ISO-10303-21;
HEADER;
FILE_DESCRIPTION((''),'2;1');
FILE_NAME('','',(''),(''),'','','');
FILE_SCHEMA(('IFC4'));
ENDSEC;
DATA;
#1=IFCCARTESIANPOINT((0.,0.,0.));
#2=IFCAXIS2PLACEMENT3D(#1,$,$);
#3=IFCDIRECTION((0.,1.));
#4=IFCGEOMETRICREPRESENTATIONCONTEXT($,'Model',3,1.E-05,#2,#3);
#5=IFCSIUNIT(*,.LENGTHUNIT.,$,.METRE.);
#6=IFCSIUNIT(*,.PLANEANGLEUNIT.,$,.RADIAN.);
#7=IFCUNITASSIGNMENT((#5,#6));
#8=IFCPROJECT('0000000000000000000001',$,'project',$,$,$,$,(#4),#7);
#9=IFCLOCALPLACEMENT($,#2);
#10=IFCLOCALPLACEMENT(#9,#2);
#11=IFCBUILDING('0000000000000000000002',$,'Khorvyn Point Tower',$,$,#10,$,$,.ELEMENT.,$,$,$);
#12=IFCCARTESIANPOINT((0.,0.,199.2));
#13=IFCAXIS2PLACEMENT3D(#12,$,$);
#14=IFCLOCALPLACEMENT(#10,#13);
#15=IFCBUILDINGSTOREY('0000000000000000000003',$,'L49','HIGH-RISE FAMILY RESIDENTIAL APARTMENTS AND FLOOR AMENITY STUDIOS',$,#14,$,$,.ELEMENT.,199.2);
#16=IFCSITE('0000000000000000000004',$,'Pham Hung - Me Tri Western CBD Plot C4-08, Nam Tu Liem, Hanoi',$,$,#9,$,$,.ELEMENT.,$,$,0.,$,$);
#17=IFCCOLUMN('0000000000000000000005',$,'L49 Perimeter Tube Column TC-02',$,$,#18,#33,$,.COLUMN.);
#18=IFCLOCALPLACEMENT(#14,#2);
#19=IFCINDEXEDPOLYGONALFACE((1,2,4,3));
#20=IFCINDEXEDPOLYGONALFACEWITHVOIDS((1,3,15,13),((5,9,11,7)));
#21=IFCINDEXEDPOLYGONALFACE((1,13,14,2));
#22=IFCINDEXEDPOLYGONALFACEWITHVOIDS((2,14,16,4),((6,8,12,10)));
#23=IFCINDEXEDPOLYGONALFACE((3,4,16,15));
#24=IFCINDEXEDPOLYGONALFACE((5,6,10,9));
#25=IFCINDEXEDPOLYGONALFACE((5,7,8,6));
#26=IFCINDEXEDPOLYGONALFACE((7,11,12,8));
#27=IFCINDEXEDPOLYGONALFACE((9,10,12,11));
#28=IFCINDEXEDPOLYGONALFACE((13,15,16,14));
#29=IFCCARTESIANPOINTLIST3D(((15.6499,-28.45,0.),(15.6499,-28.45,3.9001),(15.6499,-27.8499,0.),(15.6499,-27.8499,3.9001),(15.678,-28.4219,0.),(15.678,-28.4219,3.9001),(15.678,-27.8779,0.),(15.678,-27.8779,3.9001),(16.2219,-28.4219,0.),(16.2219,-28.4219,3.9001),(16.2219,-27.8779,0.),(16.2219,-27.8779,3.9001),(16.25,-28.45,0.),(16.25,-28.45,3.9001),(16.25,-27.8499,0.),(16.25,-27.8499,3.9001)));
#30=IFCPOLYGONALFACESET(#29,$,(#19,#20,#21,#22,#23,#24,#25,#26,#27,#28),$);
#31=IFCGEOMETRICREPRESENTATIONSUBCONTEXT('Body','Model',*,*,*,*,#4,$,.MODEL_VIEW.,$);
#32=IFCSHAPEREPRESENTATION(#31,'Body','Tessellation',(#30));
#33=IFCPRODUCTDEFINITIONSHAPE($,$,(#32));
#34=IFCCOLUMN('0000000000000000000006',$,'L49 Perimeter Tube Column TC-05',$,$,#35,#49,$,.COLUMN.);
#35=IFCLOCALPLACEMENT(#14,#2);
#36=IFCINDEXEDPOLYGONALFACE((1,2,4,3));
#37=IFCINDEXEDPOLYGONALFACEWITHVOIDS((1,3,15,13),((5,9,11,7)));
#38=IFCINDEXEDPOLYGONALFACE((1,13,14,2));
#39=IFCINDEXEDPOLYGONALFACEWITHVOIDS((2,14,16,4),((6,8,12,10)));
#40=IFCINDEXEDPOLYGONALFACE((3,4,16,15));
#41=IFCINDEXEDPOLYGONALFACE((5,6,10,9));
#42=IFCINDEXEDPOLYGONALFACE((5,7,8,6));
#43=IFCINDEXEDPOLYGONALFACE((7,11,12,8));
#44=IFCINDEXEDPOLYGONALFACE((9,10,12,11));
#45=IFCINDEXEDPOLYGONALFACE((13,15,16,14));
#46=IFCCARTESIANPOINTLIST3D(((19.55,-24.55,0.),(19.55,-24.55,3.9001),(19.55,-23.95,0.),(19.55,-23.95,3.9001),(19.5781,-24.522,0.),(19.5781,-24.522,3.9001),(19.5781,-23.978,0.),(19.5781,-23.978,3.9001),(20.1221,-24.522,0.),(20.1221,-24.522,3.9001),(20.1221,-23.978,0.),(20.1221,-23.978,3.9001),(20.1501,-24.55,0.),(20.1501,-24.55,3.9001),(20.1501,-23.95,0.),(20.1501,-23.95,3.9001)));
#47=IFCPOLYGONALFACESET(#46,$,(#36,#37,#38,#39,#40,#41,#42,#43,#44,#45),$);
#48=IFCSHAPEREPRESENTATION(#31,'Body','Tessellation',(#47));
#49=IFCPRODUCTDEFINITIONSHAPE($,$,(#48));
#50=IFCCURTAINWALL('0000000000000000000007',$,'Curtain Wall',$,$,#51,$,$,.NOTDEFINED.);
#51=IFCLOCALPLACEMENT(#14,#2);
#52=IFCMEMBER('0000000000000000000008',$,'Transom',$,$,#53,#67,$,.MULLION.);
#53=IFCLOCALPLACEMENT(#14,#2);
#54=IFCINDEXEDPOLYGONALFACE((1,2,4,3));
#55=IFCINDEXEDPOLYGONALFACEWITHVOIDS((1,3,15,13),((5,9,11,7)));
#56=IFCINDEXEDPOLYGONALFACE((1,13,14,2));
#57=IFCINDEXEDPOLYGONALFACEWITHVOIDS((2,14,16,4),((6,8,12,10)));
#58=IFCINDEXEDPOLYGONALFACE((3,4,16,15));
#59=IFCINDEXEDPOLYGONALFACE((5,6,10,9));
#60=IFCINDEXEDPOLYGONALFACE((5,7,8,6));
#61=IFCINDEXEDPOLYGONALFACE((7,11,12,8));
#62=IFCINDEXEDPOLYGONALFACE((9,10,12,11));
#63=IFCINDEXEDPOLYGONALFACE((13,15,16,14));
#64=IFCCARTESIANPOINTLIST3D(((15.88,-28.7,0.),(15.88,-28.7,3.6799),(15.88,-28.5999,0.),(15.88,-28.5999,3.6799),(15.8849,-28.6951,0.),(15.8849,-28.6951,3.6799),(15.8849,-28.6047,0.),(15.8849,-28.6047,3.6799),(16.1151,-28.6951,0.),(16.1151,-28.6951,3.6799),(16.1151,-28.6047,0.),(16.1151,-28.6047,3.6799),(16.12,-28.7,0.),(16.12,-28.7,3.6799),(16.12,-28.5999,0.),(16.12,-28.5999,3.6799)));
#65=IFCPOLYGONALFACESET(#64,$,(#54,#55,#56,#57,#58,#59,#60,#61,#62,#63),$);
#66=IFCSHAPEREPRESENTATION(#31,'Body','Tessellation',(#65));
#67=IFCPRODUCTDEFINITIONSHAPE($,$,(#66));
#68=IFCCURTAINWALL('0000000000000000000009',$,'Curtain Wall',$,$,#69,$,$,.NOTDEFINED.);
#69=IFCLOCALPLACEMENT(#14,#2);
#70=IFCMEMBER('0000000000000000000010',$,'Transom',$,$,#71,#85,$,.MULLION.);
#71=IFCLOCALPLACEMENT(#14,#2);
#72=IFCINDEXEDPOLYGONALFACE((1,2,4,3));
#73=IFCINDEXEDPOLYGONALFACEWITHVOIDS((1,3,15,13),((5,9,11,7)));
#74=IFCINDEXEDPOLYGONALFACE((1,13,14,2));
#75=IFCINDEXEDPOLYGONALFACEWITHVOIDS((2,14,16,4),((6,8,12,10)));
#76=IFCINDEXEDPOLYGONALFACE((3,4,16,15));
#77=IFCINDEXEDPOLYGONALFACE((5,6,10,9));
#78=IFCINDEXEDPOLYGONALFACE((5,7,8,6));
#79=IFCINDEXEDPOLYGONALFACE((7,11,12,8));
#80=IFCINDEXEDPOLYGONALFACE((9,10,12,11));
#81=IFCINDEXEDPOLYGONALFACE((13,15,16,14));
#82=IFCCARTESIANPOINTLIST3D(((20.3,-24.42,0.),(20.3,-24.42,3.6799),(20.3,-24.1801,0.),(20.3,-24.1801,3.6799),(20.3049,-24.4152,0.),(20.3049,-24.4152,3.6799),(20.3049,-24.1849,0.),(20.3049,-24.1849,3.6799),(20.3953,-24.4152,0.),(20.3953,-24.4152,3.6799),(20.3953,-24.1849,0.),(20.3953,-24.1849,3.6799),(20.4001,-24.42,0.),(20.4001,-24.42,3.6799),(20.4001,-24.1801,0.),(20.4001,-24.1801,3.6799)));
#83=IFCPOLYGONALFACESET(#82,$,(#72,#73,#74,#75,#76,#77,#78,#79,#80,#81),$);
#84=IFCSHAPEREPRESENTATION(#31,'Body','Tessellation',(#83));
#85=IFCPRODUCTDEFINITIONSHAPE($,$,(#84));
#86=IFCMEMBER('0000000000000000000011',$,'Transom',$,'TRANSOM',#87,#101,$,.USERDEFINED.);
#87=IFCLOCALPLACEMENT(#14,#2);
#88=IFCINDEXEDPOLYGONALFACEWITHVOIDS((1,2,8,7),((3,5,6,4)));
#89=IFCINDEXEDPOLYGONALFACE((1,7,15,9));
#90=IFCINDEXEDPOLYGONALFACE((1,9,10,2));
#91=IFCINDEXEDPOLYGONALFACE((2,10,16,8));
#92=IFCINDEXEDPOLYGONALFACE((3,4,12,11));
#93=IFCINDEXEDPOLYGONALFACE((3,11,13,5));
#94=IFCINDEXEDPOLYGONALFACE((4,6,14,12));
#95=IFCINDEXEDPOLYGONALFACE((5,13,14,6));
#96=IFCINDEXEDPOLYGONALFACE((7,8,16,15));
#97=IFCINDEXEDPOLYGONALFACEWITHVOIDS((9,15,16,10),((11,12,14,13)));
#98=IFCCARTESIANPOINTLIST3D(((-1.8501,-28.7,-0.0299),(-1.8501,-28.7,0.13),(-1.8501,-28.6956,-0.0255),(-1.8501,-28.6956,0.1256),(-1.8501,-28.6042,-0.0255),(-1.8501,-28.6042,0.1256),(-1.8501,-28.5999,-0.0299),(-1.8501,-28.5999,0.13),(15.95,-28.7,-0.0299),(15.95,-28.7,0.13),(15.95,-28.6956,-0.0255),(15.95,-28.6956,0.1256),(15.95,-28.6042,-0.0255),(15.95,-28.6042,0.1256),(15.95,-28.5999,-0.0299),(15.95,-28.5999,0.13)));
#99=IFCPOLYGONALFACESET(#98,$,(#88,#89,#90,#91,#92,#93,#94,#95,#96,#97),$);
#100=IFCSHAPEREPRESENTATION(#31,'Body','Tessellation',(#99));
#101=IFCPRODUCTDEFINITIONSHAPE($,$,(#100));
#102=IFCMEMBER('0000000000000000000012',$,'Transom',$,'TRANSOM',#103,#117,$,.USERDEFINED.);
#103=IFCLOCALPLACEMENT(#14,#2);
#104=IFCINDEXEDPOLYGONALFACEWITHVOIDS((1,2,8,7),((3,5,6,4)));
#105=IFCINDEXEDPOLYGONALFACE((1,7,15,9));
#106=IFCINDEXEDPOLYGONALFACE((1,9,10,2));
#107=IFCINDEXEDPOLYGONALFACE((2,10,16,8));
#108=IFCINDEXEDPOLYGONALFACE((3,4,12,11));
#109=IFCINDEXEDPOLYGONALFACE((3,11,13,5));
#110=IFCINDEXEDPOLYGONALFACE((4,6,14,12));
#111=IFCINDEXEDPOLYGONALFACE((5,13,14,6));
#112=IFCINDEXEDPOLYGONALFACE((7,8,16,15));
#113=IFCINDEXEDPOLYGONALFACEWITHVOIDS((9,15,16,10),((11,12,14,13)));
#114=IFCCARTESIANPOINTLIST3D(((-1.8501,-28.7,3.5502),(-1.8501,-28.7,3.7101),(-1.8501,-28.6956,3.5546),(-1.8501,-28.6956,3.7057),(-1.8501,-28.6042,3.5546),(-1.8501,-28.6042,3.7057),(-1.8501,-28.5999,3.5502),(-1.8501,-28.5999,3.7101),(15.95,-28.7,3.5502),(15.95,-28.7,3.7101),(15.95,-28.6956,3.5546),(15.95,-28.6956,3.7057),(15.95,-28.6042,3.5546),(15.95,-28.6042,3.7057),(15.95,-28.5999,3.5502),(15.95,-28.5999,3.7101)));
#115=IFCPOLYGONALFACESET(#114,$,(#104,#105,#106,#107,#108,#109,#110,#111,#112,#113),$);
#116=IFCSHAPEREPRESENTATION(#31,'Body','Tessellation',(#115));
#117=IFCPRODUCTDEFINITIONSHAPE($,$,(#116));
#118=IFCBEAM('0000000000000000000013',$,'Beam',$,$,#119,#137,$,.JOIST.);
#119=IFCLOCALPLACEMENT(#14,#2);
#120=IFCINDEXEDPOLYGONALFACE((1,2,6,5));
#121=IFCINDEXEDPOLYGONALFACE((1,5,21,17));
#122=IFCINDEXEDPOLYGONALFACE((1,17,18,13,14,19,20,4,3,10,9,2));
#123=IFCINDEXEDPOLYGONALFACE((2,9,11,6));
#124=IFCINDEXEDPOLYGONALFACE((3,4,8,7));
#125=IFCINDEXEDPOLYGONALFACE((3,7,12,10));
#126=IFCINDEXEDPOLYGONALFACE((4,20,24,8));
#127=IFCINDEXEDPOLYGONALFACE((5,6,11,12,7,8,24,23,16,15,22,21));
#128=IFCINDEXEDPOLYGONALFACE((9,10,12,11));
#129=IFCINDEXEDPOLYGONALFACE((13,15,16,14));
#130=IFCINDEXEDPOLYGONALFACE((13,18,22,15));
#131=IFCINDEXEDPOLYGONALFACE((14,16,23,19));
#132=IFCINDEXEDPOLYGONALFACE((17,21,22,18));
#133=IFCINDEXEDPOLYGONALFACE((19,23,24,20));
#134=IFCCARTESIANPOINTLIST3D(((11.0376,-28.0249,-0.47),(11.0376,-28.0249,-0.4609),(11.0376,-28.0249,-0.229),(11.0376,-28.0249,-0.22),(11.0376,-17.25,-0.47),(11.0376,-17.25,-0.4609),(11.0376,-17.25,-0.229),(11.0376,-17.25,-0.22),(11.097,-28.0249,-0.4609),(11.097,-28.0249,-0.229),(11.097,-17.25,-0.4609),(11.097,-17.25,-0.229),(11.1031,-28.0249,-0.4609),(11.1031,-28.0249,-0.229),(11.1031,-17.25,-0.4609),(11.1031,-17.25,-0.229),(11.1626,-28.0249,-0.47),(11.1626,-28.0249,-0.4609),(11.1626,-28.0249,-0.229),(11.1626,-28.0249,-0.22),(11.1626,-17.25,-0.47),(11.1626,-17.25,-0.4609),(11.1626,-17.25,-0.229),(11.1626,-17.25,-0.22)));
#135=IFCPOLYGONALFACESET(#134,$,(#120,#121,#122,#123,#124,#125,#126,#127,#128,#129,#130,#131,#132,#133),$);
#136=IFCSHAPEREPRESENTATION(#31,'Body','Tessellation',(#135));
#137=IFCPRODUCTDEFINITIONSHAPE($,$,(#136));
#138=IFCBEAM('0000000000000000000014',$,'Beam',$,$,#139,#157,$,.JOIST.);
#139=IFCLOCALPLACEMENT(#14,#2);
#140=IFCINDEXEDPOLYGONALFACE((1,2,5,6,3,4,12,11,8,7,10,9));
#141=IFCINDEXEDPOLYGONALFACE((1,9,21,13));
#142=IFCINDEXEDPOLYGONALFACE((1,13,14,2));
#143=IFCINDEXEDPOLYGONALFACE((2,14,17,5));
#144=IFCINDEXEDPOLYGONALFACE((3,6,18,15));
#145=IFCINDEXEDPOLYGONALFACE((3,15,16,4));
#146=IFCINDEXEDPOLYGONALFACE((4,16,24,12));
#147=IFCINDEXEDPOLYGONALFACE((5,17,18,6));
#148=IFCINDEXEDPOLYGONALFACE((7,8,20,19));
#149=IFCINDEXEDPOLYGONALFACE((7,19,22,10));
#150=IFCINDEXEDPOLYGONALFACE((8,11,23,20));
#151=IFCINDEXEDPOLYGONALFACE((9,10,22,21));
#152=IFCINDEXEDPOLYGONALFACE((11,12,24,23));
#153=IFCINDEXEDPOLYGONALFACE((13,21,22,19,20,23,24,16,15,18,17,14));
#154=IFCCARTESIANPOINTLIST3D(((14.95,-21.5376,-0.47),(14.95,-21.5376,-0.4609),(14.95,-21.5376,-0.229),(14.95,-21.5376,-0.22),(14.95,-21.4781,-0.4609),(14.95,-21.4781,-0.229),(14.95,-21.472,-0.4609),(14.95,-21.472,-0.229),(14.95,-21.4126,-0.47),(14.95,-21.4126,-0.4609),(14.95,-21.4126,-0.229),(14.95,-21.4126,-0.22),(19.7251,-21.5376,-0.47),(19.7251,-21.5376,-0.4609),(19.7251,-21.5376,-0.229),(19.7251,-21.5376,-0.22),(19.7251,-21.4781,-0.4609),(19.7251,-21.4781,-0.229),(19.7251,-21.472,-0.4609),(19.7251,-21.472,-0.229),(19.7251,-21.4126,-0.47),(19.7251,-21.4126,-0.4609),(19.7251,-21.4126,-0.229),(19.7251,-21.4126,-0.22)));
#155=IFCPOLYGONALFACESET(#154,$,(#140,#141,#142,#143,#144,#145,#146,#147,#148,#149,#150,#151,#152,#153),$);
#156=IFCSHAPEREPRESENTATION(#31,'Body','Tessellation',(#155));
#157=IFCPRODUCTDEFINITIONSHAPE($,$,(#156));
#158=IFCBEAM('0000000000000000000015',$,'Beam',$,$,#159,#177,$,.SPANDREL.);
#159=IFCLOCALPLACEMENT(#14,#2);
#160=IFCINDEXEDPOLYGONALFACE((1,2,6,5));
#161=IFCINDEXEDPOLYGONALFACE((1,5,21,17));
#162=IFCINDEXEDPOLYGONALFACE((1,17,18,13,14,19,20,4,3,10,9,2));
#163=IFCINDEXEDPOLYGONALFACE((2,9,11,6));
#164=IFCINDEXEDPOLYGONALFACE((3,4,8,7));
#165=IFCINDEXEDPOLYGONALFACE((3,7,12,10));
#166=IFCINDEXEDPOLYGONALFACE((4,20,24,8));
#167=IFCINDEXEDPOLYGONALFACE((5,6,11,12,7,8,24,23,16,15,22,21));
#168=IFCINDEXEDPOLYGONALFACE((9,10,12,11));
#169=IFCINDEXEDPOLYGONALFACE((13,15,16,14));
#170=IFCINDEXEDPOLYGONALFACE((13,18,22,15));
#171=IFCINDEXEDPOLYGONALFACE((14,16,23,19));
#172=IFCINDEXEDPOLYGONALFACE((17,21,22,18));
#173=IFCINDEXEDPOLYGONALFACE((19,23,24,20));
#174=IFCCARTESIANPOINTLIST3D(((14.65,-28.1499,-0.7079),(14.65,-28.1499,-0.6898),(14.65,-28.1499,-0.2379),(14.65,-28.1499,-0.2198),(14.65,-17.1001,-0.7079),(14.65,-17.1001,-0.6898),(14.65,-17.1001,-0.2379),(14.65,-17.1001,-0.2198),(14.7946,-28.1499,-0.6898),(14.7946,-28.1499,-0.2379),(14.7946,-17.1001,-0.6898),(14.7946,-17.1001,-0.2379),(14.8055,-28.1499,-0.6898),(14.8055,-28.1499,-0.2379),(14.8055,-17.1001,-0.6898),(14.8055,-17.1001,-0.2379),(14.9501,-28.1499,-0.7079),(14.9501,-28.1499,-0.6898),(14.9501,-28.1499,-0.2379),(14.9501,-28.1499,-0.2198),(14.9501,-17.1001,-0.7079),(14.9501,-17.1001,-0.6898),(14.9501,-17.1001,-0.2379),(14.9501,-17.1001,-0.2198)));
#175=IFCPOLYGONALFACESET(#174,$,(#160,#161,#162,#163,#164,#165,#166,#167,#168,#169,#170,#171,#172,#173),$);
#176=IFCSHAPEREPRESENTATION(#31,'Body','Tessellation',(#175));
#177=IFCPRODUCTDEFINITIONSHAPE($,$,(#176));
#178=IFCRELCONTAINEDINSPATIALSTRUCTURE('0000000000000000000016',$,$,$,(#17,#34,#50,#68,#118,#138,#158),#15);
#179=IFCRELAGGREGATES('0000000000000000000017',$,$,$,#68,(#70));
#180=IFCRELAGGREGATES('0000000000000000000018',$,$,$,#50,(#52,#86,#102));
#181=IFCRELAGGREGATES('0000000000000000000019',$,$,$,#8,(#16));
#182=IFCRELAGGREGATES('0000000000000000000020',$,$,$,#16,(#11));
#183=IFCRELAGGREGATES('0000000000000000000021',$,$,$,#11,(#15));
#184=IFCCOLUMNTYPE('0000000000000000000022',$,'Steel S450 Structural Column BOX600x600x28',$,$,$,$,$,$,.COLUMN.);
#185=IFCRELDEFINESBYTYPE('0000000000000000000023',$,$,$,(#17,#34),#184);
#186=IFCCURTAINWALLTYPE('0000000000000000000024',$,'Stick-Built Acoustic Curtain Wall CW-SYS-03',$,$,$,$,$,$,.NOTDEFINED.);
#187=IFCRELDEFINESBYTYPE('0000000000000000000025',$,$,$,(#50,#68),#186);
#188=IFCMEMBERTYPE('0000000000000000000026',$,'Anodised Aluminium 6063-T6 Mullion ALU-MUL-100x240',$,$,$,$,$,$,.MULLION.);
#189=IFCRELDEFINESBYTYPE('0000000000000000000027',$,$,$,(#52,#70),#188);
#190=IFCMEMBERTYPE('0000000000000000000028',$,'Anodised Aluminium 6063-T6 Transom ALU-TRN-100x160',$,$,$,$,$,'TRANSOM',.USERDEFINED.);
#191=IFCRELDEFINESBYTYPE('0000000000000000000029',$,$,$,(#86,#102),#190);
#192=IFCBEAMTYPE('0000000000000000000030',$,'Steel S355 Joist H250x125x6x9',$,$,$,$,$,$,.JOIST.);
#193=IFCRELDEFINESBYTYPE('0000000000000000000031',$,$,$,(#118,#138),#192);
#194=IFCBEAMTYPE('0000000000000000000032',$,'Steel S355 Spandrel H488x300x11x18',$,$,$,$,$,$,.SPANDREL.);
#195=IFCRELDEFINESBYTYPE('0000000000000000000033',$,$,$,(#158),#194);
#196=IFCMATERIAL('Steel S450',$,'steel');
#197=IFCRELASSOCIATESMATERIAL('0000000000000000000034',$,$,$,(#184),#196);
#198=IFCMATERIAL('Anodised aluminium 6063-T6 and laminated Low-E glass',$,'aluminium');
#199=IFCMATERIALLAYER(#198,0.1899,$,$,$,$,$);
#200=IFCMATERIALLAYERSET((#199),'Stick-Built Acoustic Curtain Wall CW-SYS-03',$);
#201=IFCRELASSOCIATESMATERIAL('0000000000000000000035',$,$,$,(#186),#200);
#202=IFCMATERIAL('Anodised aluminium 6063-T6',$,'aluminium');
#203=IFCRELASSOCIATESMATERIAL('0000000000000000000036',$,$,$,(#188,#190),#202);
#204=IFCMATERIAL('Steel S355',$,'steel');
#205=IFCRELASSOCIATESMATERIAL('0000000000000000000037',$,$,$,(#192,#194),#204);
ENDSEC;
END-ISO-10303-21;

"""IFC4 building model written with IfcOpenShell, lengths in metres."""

from ifc_helpers import new_model, si_unit, direction, frame, origin, origin_2d, place, context, subcontext, project, spatial, hollow_rectangle, i_section, extrude, material, layer, layer_set, material_profile, profile_set, type_object, element, aggregate, save


model = new_model("IFC4")

# Units and contexts
model_context = context("Model", 3, precision=1e-05, world=origin(), true_north=direction((0.0, 1.0)))
body_context = subcontext(model_context, "Body", "Model", "MODEL_VIEW")
ifc_project = project(units=[si_unit("LENGTHUNIT", "METRE"), si_unit("PLANEANGLEUNIT", "RADIAN")], contexts=[model_context])

# Site, building, storey
site_placement = place(None, origin())
site = spatial("IfcSite", under=ifc_project, at=site_placement, Name="Pham Hung - Me Tri Western CBD Plot C4-08, Nam Tu Liem, Hanoi", CompositionType="ELEMENT", RefElevation=0.0)
building_placement = place(site_placement, origin())
building = spatial("IfcBuilding", under=site, at=building_placement, Name="Khorvyn Point Tower", CompositionType="ELEMENT")
storey_placement = place(building_placement, frame((0.0, 0.0, 199.2)))
storey = spatial("IfcBuildingStorey", under=building, at=storey_placement, Name="L49", Description="HIGH-RISE FAMILY RESIDENTIAL APARTMENTS AND FLOOR AMENITY STUDIOS", CompositionType="ELEMENT", Elevation=199.2)

# Columns
ifc_material_1 = material(Name="Steel S450", Category="steel")
ifc_material_profile_1 = material_profile(ifc_material_1, hollow_rectangle(XDim=0.6001, YDim=0.6001, WallThickness=0.0281, at=origin_2d()))
ifc_profile_set_1 = profile_set([ifc_material_profile_1], Name="Steel S450 BOX600x600x28")
column_type = type_object("IfcColumnType", Name="Steel S450 Structural Column BOX600x600x28", PredefinedType="COLUMN", material=ifc_profile_set_1)
for number, where, z_axis, x_axis, name in (
    (1, (15.95, -28.1499, 0.0), (0.0, 0.0, 1.0), (1.0, 0.0, 0.0), "L49 Perimeter Tube Column TC-02"),
    (2, (19.8501, -24.25, 0.0), (0.0, 0.0, 1.0), (1.0, 0.0, 0.0), "L49 Perimeter Tube Column TC-05"),
):
    element("IfcColumn", number, at=place(storey_placement, frame(where, z_axis=z_axis, x_axis=x_axis)), inside=storey, type_object=column_type, Name=name, PredefinedType="COLUMN", context=body_context, shape_type="SweptSolid", body=[
        extrude(hollow_rectangle(XDim=0.6001, YDim=0.6001, WallThickness=0.0281, at=origin_2d()), origin(), (0.0, 0.0, 1.0), 3.9001),
    ])

# Curtain walls, members
ifc_material_2 = material(Name="Anodised aluminium 6063-T6 and laminated Low-E glass", Category="aluminium")
ifc_layer_1 = layer(ifc_material_2, 0.1899)
ifc_layer_set_1 = layer_set([ifc_layer_1], Name="Stick-Built Acoustic Curtain Wall CW-SYS-03")
curtain_wall_type = type_object("IfcCurtainWallType", Name="Stick-Built Acoustic Curtain Wall CW-SYS-03", PredefinedType="NOTDEFINED", material=ifc_layer_set_1)
curtain_wall_1_placement = place(storey_placement, origin())
curtain_wall_1 = element("IfcCurtainWall", 3, at=curtain_wall_1_placement, inside=storey, type_object=curtain_wall_type, Name="Curtain Wall", PredefinedType="NOTDEFINED")
ifc_material_3 = material(Name="Anodised aluminium 6063-T6", Category="aluminium")
ifc_material_profile_2 = material_profile(ifc_material_3, hollow_rectangle(XDim=0.1001, YDim=0.24, WallThickness=0.0049, at=origin_2d()))
ifc_profile_set_2 = profile_set([ifc_material_profile_2], Name="Anodised aluminium 6063-T6 ALU-MUL-100x240")
member_type_1 = type_object("IfcMemberType", Name="Anodised Aluminium 6063-T6 Mullion ALU-MUL-100x240", PredefinedType="MULLION", material=ifc_profile_set_2)
member_1_placement = place(storey_placement, frame((16.0, -28.6499, 0.0), z_axis=(0.0, 0.0, 1.0), x_axis=(0.0, -1.0, 0.0)))
member_1 = element("IfcMember", 4, at=member_1_placement, type_object=member_type_1, Name="Transom", PredefinedType="MULLION", context=body_context, shape_type="SweptSolid", body=[
    extrude(hollow_rectangle(XDim=0.1001, YDim=0.24, WallThickness=0.0049, at=origin_2d()), origin(), (0.0, 0.0, 1.0), 3.6799),
])
curtain_wall_2_placement = place(storey_placement, origin())
curtain_wall_2 = element("IfcCurtainWall", 5, at=curtain_wall_2_placement, inside=storey, type_object=curtain_wall_type, Name="Curtain Wall", PredefinedType="NOTDEFINED")
member_2_placement = place(storey_placement, frame((20.3501, -24.3, 0.0), z_axis=(0.0, 0.0, 1.0), x_axis=(1.0, 0.0, 0.0)))
member_2 = element("IfcMember", 6, at=member_2_placement, type_object=member_type_1, Name="Transom", PredefinedType="MULLION", context=body_context, shape_type="SweptSolid", body=[
    extrude(hollow_rectangle(XDim=0.1001, YDim=0.24, WallThickness=0.0049, at=origin_2d()), origin(), (0.0, 0.0, 1.0), 3.6799),
])
aggregate(curtain_wall_2, [member_2])

# Members
ifc_material_profile_3 = material_profile(ifc_material_3, hollow_rectangle(XDim=0.1001, YDim=0.1599, WallThickness=0.0044, at=origin_2d()))
ifc_profile_set_3 = profile_set([ifc_material_profile_3], Name="Anodised aluminium 6063-T6 ALU-TRN-100x160")
member_type_2 = type_object("IfcMemberType", Name="Anodised Aluminium 6063-T6 Transom ALU-TRN-100x160", ElementType="TRANSOM", PredefinedType="USERDEFINED", material=ifc_profile_set_3)
member_3_placement = place(storey_placement, frame((15.95, -28.6499, 0.05), z_axis=(-1.0, 0.0, 0.0), x_axis=(0.0, -1.0, 0.0)))
member_3 = element("IfcMember", 7, at=member_3_placement, type_object=member_type_2, Name="Transom", ObjectType="TRANSOM", PredefinedType="USERDEFINED", context=body_context, shape_type="SweptSolid", body=[
    extrude(hollow_rectangle(XDim=0.1001, YDim=0.1599, WallThickness=0.0044, at=origin_2d()), origin(), (0.0, 0.0, 1.0), 17.8),
])
member_4_placement = place(storey_placement, frame((15.95, -28.6499, 3.6301), z_axis=(-1.0, 0.0, 0.0), x_axis=(0.0, -1.0, 0.0)))
member_4 = element("IfcMember", 8, at=member_4_placement, type_object=member_type_2, Name="Transom", ObjectType="TRANSOM", PredefinedType="USERDEFINED", context=body_context, shape_type="SweptSolid", body=[
    extrude(hollow_rectangle(XDim=0.1001, YDim=0.1599, WallThickness=0.0044, at=origin_2d()), origin(), (0.0, 0.0, 1.0), 17.8),
])

# Beams
ifc_material_4 = material(Name="Steel S355", Category="steel")
ifc_material_profile_4 = material_profile(ifc_material_4, i_section(OverallWidth=0.125, OverallDepth=0.25, WebThickness=0.0061, FlangeThickness=0.009, at=origin_2d()))
ifc_profile_set_4 = profile_set([ifc_material_profile_4], Name="Steel S355 H250x125x6x9")
beam_type_1 = type_object("IfcBeamType", Name="Steel S355 Joist H250x125x6x9", PredefinedType="JOIST", material=ifc_profile_set_4)
beam_1_placement = place(storey_placement, frame((11.1001, -28.0249, -0.345), z_axis=(0.0, 1.0, 0.0), x_axis=(-1.0, 0.0, 0.0)))
element("IfcBeam", 9, at=beam_1_placement, inside=storey, type_object=beam_type_1, Name="Beam", PredefinedType="JOIST", context=body_context, shape_type="SweptSolid", body=[
    extrude(i_section(OverallWidth=0.125, OverallDepth=0.25, WebThickness=0.0061, FlangeThickness=0.009, at=origin_2d()), origin(), (0.0, 0.0, 1.0), 10.7749),
])
beam_2_placement = place(storey_placement, frame((14.95, -21.4751, -0.345), z_axis=(1.0, 0.0, 0.0), x_axis=(0.0, 1.0, 0.0)))
element("IfcBeam", 10, at=beam_2_placement, inside=storey, type_object=beam_type_1, Name="Beam", PredefinedType="JOIST", context=body_context, shape_type="SweptSolid", body=[
    extrude(i_section(OverallWidth=0.125, OverallDepth=0.25, WebThickness=0.0061, FlangeThickness=0.009, at=origin_2d()), origin(), (0.0, 0.0, 1.0), 4.7751),
])
ifc_material_profile_5 = material_profile(ifc_material_4, i_section(OverallWidth=0.3, OverallDepth=0.488, WebThickness=0.011, FlangeThickness=0.0181, at=origin_2d()))
ifc_profile_set_5 = profile_set([ifc_material_profile_5], Name="Steel S355 H488x300x11x18")
beam_type_2 = type_object("IfcBeamType", Name="Steel S355 Spandrel H488x300x11x18", PredefinedType="SPANDREL", material=ifc_profile_set_5)
beam_3_placement = place(storey_placement, frame((14.8, -28.1499, -0.4639), z_axis=(0.0, 1.0, 0.0), x_axis=(-1.0, 0.0, 0.0)))
element("IfcBeam", 11, at=beam_3_placement, inside=storey, type_object=beam_type_2, Name="Beam", PredefinedType="SPANDREL", context=body_context, shape_type="SweptSolid", body=[
    extrude(i_section(OverallWidth=0.3, OverallDepth=0.488, WebThickness=0.011, FlangeThickness=0.0181, at=origin_2d()), origin(), (0.0, 0.0, 1.0), 11.0498),
])

aggregate(curtain_wall_1, [member_1, member_3, member_4])

save(model, "model.ifc")
